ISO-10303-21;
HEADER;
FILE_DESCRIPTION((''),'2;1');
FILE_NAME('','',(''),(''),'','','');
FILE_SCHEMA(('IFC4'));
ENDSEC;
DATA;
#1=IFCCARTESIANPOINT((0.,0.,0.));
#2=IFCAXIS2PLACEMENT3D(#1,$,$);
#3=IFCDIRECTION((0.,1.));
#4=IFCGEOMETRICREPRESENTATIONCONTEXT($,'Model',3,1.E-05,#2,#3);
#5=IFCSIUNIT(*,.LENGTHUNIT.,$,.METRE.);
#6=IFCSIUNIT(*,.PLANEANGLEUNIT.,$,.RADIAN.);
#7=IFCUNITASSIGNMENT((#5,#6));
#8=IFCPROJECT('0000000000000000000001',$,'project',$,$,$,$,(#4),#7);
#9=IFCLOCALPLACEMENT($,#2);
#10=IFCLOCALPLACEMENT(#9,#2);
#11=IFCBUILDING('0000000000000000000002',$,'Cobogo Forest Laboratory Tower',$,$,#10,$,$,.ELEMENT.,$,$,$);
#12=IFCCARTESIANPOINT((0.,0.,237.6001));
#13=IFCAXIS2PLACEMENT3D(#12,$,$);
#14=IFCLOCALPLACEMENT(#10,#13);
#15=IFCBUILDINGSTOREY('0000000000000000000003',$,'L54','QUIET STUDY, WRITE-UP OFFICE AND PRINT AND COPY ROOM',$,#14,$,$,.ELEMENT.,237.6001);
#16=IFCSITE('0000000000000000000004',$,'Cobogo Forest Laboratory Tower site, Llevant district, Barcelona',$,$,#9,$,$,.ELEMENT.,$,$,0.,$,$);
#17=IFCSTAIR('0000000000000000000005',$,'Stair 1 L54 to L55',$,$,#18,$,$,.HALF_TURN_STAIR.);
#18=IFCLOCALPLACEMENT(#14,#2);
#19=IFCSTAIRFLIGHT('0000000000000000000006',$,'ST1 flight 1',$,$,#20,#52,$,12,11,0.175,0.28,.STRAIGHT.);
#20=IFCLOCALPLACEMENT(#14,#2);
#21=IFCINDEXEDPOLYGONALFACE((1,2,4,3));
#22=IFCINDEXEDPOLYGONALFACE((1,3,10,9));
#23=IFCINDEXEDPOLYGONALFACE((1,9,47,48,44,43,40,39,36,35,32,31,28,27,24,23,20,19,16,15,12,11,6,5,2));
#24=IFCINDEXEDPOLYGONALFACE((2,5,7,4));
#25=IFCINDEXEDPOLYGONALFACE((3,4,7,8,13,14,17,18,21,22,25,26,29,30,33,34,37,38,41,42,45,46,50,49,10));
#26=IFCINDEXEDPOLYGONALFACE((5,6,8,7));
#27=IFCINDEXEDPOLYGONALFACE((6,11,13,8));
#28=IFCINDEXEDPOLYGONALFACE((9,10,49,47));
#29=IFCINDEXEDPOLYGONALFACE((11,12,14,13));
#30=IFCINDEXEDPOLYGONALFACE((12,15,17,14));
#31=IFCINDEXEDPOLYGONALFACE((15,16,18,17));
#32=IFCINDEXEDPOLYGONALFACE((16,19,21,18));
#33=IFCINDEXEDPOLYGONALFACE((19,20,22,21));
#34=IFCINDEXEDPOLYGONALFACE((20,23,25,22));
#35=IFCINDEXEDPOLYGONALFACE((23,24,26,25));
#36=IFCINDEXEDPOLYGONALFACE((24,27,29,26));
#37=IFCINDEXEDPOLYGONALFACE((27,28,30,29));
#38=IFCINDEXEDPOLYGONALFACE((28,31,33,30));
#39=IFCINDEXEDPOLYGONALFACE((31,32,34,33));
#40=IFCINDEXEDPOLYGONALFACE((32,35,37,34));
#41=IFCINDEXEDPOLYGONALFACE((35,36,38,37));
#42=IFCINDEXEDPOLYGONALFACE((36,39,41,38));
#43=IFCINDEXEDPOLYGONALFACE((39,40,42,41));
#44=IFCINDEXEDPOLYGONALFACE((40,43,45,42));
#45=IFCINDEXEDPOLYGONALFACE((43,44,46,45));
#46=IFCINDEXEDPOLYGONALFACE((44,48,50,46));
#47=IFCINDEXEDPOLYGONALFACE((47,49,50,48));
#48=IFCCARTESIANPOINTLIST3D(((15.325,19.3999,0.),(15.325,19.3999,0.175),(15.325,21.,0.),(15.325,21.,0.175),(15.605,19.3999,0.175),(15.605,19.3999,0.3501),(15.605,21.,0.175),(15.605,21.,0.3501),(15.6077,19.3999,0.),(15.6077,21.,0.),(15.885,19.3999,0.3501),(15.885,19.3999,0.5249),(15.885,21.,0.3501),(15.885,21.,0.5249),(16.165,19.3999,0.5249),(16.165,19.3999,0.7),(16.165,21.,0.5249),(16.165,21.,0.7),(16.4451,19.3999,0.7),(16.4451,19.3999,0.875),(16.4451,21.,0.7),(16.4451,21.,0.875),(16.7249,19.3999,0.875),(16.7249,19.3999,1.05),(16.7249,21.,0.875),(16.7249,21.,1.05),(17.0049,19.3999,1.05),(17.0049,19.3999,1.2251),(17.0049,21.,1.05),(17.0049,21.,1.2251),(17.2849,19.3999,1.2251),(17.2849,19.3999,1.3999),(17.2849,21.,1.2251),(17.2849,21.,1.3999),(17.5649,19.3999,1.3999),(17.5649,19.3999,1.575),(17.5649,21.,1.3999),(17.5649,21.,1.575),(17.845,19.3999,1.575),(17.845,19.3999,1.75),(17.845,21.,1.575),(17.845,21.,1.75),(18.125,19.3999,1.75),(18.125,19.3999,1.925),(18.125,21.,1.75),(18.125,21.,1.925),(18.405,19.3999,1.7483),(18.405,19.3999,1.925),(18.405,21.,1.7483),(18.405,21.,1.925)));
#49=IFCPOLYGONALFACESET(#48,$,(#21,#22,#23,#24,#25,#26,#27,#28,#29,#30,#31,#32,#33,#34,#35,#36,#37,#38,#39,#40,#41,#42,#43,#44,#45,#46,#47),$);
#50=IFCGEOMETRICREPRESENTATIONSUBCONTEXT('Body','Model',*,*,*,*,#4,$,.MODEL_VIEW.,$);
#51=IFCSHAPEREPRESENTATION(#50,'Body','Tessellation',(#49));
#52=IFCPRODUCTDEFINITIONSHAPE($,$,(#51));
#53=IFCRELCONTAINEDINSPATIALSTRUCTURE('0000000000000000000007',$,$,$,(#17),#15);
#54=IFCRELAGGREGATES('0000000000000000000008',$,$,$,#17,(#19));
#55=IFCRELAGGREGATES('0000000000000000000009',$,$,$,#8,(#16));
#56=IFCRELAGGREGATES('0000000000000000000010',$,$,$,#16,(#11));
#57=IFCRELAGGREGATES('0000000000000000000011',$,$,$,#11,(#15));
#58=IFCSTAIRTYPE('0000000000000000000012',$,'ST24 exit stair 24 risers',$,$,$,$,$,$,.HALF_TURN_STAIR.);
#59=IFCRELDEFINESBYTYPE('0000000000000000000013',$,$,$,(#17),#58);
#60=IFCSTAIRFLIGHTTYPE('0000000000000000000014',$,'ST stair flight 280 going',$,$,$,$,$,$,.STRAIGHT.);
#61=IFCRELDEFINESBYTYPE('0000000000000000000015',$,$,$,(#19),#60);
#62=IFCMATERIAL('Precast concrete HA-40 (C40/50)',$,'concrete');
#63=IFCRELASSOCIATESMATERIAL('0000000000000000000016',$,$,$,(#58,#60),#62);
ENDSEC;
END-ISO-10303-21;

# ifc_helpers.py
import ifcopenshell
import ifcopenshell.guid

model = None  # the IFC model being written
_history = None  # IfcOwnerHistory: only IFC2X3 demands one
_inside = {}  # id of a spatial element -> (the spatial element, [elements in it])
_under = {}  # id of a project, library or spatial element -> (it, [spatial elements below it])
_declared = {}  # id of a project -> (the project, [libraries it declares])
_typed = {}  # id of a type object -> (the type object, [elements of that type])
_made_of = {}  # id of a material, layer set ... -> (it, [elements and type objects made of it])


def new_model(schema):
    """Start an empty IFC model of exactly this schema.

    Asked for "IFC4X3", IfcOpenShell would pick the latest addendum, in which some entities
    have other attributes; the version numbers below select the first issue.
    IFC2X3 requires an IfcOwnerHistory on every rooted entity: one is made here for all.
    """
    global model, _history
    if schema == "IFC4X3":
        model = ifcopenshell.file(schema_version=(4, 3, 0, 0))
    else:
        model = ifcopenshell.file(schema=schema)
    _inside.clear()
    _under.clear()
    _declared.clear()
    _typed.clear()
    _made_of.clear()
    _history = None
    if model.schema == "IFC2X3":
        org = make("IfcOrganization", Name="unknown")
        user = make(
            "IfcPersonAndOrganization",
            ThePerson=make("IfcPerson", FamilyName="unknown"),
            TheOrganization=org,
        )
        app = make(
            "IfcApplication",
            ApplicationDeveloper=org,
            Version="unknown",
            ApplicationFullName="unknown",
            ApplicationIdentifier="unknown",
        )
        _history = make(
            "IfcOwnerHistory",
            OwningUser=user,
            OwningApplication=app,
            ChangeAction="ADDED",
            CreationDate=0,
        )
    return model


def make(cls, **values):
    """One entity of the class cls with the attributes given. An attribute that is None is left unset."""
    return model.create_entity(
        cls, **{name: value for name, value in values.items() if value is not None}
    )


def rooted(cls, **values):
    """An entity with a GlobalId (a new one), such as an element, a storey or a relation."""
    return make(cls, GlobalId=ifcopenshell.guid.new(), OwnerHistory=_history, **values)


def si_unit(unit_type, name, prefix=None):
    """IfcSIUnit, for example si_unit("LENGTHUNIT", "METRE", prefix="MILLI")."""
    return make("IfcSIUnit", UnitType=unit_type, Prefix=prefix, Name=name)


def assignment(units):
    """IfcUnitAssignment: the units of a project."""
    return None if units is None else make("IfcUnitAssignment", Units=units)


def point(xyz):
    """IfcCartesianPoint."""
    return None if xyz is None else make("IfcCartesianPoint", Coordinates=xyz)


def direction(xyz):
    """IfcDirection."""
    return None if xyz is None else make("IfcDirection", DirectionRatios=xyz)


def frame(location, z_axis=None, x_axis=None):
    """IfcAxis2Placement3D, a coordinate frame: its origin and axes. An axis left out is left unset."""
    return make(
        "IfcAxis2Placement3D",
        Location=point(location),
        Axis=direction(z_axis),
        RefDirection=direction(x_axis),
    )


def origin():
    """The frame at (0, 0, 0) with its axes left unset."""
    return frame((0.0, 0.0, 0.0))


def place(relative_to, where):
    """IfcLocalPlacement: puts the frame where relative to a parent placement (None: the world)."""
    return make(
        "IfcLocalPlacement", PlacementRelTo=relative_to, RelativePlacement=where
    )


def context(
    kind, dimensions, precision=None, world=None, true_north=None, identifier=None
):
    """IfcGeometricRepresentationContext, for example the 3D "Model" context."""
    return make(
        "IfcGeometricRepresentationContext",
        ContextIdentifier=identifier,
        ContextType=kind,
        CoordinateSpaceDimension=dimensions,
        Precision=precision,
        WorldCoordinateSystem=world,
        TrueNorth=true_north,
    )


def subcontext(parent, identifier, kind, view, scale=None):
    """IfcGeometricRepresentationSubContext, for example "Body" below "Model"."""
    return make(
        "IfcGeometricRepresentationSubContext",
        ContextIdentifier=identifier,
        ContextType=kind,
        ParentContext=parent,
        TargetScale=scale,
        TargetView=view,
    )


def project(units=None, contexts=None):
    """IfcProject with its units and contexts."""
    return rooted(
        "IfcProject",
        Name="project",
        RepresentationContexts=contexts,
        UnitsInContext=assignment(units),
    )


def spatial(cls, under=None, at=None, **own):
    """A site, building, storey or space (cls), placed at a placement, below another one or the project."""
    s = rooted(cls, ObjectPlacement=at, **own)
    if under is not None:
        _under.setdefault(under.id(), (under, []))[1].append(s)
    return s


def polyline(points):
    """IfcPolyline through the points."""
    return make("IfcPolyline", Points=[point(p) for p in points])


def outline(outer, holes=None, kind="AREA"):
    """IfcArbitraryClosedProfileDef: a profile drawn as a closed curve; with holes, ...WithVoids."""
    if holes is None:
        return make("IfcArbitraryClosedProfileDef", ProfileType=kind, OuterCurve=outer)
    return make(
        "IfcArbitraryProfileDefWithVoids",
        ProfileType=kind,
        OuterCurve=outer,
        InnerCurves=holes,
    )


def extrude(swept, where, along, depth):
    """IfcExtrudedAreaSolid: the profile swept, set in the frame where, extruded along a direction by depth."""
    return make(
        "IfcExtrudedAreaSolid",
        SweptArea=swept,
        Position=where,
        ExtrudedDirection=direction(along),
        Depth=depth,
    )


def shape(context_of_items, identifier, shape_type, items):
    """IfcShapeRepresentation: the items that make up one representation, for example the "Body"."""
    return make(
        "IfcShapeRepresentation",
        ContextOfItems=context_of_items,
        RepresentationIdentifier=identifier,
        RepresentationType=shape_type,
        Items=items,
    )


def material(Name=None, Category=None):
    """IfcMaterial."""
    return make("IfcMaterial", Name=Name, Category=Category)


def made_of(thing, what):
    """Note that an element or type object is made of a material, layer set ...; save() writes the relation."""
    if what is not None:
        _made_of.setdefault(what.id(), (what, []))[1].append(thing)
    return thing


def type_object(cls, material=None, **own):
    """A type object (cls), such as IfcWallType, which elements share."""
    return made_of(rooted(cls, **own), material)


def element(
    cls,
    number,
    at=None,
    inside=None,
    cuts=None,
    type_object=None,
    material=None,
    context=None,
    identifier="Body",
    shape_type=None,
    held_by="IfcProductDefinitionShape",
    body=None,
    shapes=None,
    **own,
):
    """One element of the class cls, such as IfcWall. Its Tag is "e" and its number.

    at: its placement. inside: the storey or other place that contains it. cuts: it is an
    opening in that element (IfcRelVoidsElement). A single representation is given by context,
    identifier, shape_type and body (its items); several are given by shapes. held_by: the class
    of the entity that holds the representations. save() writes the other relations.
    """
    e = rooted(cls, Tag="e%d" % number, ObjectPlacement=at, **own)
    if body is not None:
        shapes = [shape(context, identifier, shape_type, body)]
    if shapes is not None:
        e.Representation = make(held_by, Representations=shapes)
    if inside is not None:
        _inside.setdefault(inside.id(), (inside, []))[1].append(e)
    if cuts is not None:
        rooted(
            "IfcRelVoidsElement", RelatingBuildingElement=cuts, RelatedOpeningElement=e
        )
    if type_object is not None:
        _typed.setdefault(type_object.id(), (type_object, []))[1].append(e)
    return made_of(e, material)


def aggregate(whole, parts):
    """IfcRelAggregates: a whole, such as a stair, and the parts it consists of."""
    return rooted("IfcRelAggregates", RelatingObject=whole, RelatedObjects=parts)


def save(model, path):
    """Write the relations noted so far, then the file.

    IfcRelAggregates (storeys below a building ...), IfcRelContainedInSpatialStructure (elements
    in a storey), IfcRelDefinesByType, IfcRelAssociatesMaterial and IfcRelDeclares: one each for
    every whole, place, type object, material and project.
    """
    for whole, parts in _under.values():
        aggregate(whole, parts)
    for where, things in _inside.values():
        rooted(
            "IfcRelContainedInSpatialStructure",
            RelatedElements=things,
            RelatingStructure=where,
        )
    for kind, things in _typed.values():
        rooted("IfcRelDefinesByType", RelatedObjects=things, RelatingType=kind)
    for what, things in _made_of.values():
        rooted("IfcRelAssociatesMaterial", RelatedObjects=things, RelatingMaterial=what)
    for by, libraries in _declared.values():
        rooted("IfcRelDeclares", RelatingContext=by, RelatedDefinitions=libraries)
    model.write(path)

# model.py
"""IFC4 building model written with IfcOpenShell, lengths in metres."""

from ifc_helpers import new_model, si_unit, direction, frame, origin, place, context, subcontext, project, spatial, polyline, outline, extrude, material, type_object, element, aggregate, save


model = new_model("IFC4")

# Units and contexts
model_context = context("Model", 3, precision=1e-05, world=origin(), true_north=direction((0.0, 1.0)))
body_context = subcontext(model_context, "Body", "Model", "MODEL_VIEW")
ifc_project = project(units=[si_unit("LENGTHUNIT", "METRE"), si_unit("PLANEANGLEUNIT", "RADIAN")], contexts=[model_context])

# Site, building, storey
site_placement = place(None, origin())
site = spatial("IfcSite", under=ifc_project, at=site_placement, Name="Cobogo Forest Laboratory Tower site, Llevant district, Barcelona", CompositionType="ELEMENT", RefElevation=0.0)
building_placement = place(site_placement, origin())
building = spatial("IfcBuilding", under=site, at=building_placement, Name="Cobogo Forest Laboratory Tower", CompositionType="ELEMENT")
storey_placement = place(building_placement, frame((0.0, 0.0, 237.6001)))
storey = spatial("IfcBuildingStorey", under=building, at=storey_placement, Name="L54", Description="QUIET STUDY, WRITE-UP OFFICE AND PRINT AND COPY ROOM", CompositionType="ELEMENT", Elevation=237.6001)

# Stair, stair flight
ifc_material_1 = material(Name="Precast concrete HA-40 (C40/50)", Category="concrete")
stair_type = type_object("IfcStairType", Name="ST24 exit stair 24 risers", PredefinedType="HALF_TURN_STAIR", material=ifc_material_1)
stair_placement = place(storey_placement, origin())
stair = element("IfcStair", 1, at=stair_placement, inside=storey, type_object=stair_type, Name="Stair 1 L54 to L55", PredefinedType="HALF_TURN_STAIR")
stair_flight_type = type_object("IfcStairFlightType", Name="ST stair flight 280 going", PredefinedType="STRAIGHT", material=ifc_material_1)
stair_flight_placement = place(storey_placement, frame((15.325, 20.2, 0.0), z_axis=(0.0, 0.0, 1.0), x_axis=(1.0, 0.0, 0.0)))
stair_flight = element("IfcStairFlight", 2, at=stair_flight_placement, type_object=stair_flight_type, Name="ST1 flight 1", NumberOfRisers=12, NumberOfTreads=11, PredefinedType="STRAIGHT", RiserHeight=0.175, TreadLength=0.28, context=body_context, shape_type="SweptSolid", body=[
    extrude(outline(polyline([(0.0, 0.0), (0.0, 0.175), (0.28, 0.175), (0.28, 0.3501), (0.5601, 0.3501), (0.5601, 0.5249), (0.8401, 0.5249), (0.8401, 0.7), (1.1201, 0.7), (1.1201, 0.875), (1.3999, 0.875), (1.3999, 1.05), (1.6799, 1.05), (1.6799, 1.2251), (1.96, 1.2251), (1.96, 1.3999), (2.24, 1.3999), (2.24, 1.575), (2.52, 1.575), (2.52, 1.75), (2.8, 1.75), (2.8, 1.925), (3.0801, 1.925), (3.0801, 2.1001), (3.0801, 1.7483), (0.2827, 0.0), (0.0, 0.0)])), frame((0.0, 0.8, 0.0), z_axis=(0.0, -1.0, 0.0), x_axis=(1.0, 0.0, 0.0)), (0.0, 0.0, 1.0), 1.6001),
])
aggregate(stair, [stair_flight])

save(model, "model.ifc")
